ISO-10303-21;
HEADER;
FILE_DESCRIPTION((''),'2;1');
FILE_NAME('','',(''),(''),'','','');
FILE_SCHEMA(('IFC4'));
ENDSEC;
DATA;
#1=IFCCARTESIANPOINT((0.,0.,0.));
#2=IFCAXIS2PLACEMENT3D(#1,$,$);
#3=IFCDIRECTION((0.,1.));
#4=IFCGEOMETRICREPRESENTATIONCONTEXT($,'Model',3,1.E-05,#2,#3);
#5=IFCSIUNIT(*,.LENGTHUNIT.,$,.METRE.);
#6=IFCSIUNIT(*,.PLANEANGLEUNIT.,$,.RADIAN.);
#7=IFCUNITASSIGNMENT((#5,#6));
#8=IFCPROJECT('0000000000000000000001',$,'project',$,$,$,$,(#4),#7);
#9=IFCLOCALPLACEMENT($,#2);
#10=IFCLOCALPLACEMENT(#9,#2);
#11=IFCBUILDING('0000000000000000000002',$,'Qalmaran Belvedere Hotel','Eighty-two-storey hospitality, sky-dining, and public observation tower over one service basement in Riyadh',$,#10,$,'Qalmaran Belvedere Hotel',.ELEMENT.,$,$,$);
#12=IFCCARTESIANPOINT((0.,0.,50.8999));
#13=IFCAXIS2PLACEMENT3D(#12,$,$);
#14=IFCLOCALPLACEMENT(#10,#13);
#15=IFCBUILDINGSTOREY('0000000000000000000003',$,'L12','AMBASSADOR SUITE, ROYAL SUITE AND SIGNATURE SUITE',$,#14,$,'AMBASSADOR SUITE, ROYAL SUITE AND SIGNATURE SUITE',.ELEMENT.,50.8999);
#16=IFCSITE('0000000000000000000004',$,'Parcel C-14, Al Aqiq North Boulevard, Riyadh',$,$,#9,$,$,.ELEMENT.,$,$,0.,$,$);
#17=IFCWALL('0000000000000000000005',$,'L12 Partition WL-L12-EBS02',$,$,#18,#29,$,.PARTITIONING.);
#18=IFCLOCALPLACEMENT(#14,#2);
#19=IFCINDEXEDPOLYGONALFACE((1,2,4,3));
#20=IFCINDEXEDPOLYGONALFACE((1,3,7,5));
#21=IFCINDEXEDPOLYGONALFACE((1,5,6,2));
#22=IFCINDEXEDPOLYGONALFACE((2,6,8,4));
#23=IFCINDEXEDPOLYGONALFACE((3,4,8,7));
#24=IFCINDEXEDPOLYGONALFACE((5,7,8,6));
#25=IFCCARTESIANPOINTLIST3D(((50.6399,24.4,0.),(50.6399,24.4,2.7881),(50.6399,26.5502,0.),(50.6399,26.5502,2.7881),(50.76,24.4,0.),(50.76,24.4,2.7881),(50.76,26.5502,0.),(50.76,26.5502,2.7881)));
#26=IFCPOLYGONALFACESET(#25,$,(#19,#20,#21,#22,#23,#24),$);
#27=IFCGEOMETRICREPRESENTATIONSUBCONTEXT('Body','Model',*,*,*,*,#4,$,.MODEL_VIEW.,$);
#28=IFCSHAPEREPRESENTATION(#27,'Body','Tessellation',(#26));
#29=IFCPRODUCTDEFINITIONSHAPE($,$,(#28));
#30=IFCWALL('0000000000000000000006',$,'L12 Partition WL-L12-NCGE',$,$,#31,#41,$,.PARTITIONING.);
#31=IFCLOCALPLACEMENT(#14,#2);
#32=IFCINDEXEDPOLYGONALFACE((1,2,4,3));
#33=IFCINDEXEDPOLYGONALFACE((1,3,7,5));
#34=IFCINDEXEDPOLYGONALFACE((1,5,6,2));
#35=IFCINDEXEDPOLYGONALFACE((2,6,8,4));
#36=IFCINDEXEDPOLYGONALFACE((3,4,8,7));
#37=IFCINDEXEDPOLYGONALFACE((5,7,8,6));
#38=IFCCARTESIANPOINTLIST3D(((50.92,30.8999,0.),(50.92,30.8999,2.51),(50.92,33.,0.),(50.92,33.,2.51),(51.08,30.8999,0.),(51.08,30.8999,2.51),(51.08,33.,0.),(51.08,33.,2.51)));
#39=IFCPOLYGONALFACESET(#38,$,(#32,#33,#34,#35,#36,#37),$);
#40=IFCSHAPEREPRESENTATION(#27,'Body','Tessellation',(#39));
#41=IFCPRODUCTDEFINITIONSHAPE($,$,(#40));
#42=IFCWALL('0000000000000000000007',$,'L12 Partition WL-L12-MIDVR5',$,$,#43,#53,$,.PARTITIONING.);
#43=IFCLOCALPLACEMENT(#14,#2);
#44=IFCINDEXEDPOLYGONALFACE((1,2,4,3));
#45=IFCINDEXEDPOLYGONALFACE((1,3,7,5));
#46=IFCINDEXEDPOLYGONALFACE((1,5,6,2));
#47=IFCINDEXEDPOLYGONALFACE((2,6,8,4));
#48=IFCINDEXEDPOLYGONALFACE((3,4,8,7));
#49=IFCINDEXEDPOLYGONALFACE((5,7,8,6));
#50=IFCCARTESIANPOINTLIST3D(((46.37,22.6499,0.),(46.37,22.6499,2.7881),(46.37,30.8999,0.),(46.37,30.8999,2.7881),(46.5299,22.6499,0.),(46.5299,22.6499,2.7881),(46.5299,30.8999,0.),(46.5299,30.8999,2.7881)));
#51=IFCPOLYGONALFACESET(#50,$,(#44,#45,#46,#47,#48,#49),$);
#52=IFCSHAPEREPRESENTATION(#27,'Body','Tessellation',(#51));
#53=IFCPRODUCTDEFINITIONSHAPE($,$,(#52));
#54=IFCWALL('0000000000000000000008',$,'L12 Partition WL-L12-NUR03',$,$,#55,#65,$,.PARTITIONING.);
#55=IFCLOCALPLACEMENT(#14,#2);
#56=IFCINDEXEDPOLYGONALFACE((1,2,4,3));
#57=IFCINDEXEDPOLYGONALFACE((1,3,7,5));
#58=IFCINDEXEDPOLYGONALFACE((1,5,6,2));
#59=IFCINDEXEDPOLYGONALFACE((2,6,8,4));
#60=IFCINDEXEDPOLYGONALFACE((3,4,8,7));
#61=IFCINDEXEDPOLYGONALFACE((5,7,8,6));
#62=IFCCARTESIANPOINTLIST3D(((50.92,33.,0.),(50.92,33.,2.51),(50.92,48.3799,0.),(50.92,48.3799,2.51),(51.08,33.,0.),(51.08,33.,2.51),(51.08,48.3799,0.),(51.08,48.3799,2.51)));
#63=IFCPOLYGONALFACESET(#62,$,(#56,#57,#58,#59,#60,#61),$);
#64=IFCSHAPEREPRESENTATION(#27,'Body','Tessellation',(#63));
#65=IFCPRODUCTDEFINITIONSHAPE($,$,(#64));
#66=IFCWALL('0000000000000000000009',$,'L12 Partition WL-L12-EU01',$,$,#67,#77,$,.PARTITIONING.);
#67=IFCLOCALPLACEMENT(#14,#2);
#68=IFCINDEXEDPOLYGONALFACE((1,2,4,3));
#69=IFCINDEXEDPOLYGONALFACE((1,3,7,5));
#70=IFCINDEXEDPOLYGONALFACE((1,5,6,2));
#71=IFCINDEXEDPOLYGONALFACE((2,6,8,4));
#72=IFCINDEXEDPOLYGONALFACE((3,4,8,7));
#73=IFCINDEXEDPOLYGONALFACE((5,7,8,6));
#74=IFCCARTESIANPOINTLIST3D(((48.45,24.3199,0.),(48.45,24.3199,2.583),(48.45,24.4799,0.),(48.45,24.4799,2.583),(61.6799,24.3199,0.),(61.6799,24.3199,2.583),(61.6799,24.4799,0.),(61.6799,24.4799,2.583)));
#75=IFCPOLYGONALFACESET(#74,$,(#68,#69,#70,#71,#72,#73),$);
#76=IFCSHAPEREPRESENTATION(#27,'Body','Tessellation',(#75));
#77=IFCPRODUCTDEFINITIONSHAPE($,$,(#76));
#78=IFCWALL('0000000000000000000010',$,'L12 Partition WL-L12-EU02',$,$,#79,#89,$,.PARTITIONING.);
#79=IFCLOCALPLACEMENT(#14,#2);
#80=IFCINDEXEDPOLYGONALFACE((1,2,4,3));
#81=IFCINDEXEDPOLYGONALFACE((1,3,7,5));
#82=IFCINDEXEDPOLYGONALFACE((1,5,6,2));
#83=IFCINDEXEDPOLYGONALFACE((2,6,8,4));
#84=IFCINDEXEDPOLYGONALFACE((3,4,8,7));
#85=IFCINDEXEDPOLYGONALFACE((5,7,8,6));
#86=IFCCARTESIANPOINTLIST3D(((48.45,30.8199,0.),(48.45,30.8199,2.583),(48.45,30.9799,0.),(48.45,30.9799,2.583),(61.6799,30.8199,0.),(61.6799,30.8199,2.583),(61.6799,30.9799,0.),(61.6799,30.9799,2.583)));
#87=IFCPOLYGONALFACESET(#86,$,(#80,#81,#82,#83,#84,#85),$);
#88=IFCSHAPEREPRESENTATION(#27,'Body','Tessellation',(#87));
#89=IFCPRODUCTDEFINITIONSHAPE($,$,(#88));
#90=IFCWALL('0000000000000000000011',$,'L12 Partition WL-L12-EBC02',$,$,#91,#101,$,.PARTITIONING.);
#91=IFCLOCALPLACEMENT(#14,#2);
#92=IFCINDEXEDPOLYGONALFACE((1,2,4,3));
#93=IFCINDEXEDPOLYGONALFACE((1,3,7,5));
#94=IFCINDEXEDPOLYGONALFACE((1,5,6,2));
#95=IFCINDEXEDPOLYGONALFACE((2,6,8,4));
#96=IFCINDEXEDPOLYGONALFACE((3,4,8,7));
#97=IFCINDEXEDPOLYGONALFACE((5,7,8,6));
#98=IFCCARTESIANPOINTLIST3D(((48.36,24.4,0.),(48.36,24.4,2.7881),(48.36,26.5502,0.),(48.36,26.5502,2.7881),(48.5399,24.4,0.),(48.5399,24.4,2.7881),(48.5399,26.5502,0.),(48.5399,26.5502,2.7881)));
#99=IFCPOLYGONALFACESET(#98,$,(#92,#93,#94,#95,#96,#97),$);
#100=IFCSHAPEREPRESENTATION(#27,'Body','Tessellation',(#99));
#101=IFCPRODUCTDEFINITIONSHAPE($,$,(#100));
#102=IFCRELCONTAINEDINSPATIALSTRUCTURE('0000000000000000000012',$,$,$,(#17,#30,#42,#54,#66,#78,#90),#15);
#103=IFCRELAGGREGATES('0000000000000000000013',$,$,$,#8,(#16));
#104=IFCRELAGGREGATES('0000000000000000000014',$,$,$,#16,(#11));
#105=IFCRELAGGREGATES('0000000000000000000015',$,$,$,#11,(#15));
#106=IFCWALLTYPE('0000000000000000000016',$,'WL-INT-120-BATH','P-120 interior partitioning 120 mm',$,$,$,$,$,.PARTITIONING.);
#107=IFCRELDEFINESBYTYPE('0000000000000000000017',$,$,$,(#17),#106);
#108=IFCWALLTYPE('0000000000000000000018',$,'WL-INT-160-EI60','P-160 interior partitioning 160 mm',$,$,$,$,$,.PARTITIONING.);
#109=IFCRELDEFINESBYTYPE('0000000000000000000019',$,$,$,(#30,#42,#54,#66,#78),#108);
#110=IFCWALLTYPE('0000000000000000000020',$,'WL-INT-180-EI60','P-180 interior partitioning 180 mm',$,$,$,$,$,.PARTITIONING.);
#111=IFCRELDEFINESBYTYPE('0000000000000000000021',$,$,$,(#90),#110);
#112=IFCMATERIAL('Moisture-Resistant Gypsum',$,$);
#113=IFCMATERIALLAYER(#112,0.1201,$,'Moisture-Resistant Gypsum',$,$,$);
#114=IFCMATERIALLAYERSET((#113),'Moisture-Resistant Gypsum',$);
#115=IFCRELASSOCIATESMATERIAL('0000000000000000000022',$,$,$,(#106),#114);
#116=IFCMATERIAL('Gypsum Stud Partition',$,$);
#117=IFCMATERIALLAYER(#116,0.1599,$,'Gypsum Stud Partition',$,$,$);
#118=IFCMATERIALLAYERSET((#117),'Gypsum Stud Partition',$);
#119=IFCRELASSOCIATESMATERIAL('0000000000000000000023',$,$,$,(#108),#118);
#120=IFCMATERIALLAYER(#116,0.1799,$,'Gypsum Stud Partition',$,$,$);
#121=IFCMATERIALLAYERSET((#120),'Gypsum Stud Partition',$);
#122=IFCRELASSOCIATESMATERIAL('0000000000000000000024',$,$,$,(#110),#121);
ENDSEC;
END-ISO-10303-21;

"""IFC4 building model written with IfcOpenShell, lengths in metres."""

from ifc_helpers import new_model, si_unit, direction, frame, frame_2d, origin, place, context, subcontext, project, spatial, rectangle, extrude, material, layer, layer_set, type_object, element, save


model = new_model("IFC4")

# Units and contexts
model_context = context("Model", 3, precision=1e-05, world=origin(), true_north=direction((0.0, 1.0)))
body_context = subcontext(model_context, "Body", "Model", "MODEL_VIEW")
ifc_project = project(units=[si_unit("LENGTHUNIT", "METRE"), si_unit("PLANEANGLEUNIT", "RADIAN")], contexts=[model_context])

# Site, building, storey
site_placement = place(None, origin())
site = spatial("IfcSite", under=ifc_project, at=site_placement, Name="Parcel C-14, Al Aqiq North Boulevard, Riyadh", CompositionType="ELEMENT", RefElevation=0.0)
building_placement = place(site_placement, origin())
building = spatial("IfcBuilding", under=site, at=building_placement, Name="Qalmaran Belvedere Hotel", Description="Eighty-two-storey hospitality, sky-dining, and public observation tower over one service basement in Riyadh", LongName="Qalmaran Belvedere Hotel", CompositionType="ELEMENT")
storey_placement = place(building_placement, frame((0.0, 0.0, 50.8999)))
storey = spatial("IfcBuildingStorey", under=building, at=storey_placement, Name="L12", Description="AMBASSADOR SUITE, ROYAL SUITE AND SIGNATURE SUITE", LongName="AMBASSADOR SUITE, ROYAL SUITE AND SIGNATURE SUITE", CompositionType="ELEMENT", Elevation=50.8999)

# Shared definitions
ifc_material_1 = material(Name="Moisture-Resistant Gypsum")
ifc_layer_1 = layer(ifc_material_1, 0.1201, Name="Moisture-Resistant Gypsum")
ifc_layer_set_1 = layer_set([ifc_layer_1], Name="Moisture-Resistant Gypsum")
wall_type_1 = type_object("IfcWallType", Name="WL-INT-120-BATH", Description="P-120 interior partitioning 120 mm", PredefinedType="PARTITIONING", material=ifc_layer_set_1)

# Wall
wall_1_placement = place(storey_placement, frame((50.7, 24.3999, 0.0), z_axis=(0.0, 0.0, 1.0), x_axis=(0.0, 1.0, 0.0)))
element("IfcWall", 1, at=wall_1_placement, inside=storey, type_object=wall_type_1, Name="L12 Partition WL-L12-EBS02", PredefinedType="PARTITIONING", context=body_context, shape_type="SweptSolid", body=[
    extrude(rectangle(XDim=2.1501, YDim=0.1201, at=frame_2d((1.0752, 0.0))), origin(), (0.0, 0.0, 1.0), 2.7881),
])

# Shared definitions
ifc_material_2 = material(Name="Gypsum Stud Partition")

# Walls
ifc_layer_2 = layer(ifc_material_2, 0.1599, Name="Gypsum Stud Partition")
ifc_layer_set_2 = layer_set([ifc_layer_2], Name="Gypsum Stud Partition")
wall_type_2 = type_object("IfcWallType", Name="WL-INT-160-EI60", Description="P-160 interior partitioning 160 mm", PredefinedType="PARTITIONING", material=ifc_layer_set_2)
wall_2_placement = place(storey_placement, frame((51.0, 30.8999, 0.0), z_axis=(0.0, 0.0, 1.0), x_axis=(0.0, 1.0, 0.0)))
element("IfcWall", 2, at=wall_2_placement, inside=storey, type_object=wall_type_2, Name="L12 Partition WL-L12-NCGE", PredefinedType="PARTITIONING", context=body_context, shape_type="SweptSolid", body=[
    extrude(rectangle(XDim=2.1001, YDim=0.1599, at=frame_2d((1.05, 0.0))), origin(), (0.0, 0.0, 1.0), 2.51),
])
wall_3_placement = place(storey_placement, frame((46.45, 22.6499, 0.0), z_axis=(0.0, 0.0, 1.0), x_axis=(0.0, 1.0, 0.0)))
element("IfcWall", 3, at=wall_3_placement, inside=storey, type_object=wall_type_2, Name="L12 Partition WL-L12-MIDVR5", PredefinedType="PARTITIONING", context=body_context, shape_type="SweptSolid", body=[
    extrude(rectangle(XDim=8.25, YDim=0.1599, at=frame_2d((4.125, 0.0))), origin(), (0.0, 0.0, 1.0), 2.7881),
])
wall_4_placement = place(storey_placement, frame((51.0, 33.0, 0.0), z_axis=(0.0, 0.0, 1.0), x_axis=(0.0, 1.0, 0.0)))
element("IfcWall", 4, at=wall_4_placement, inside=storey, type_object=wall_type_2, Name="L12 Partition WL-L12-NUR03", PredefinedType="PARTITIONING", context=body_context, shape_type="SweptSolid", body=[
    extrude(rectangle(XDim=15.3799, YDim=0.1599, at=frame_2d((7.6899, 0.0))), origin(), (0.0, 0.0, 1.0), 2.51),
])
for number, where, z_axis, x_axis, name in (
    (5, (48.45, 24.3999, 0.0), (0.0, 0.0, 1.0), (1.0, 0.0, 0.0), "L12 Partition WL-L12-EU01"),
    (6, (48.45, 30.8999, 0.0), (0.0, 0.0, 1.0), (1.0, 0.0, 0.0), "L12 Partition WL-L12-EU02"),
):
    element("IfcWall", number, at=place(storey_placement, frame(where, z_axis=z_axis, x_axis=x_axis)), inside=storey, type_object=wall_type_2, Name=name, PredefinedType="PARTITIONING", context=body_context, shape_type="SweptSolid", body=[
        extrude(rectangle(XDim=13.23, YDim=0.1599, at=frame_2d((6.615, 0.0))), origin(), (0.0, 0.0, 1.0), 2.583),
    ])

# Shared definitions
ifc_layer_3 = layer(ifc_material_2, 0.1799, Name="Gypsum Stud Partition")
ifc_layer_set_3 = layer_set([ifc_layer_3], Name="Gypsum Stud Partition")
wall_type_3 = type_object("IfcWallType", Name="WL-INT-180-EI60", Description="P-180 interior partitioning 180 mm", PredefinedType="PARTITIONING", material=ifc_layer_set_3)

# Wall
wall_5_placement = place(storey_placement, frame((48.45, 24.3999, 0.0), z_axis=(0.0, 0.0, 1.0), x_axis=(0.0, 1.0, 0.0)))
element("IfcWall", 7, at=wall_5_placement, inside=storey, type_object=wall_type_3, Name="L12 Partition WL-L12-EBC02", PredefinedType="PARTITIONING", context=body_context, shape_type="SweptSolid", body=[
    extrude(rectangle(XDim=2.1501, YDim=0.1799, at=frame_2d((1.0752, 0.0))), origin(), (0.0, 0.0, 1.0), 2.7881),
])

save(model, "model.ifc")
